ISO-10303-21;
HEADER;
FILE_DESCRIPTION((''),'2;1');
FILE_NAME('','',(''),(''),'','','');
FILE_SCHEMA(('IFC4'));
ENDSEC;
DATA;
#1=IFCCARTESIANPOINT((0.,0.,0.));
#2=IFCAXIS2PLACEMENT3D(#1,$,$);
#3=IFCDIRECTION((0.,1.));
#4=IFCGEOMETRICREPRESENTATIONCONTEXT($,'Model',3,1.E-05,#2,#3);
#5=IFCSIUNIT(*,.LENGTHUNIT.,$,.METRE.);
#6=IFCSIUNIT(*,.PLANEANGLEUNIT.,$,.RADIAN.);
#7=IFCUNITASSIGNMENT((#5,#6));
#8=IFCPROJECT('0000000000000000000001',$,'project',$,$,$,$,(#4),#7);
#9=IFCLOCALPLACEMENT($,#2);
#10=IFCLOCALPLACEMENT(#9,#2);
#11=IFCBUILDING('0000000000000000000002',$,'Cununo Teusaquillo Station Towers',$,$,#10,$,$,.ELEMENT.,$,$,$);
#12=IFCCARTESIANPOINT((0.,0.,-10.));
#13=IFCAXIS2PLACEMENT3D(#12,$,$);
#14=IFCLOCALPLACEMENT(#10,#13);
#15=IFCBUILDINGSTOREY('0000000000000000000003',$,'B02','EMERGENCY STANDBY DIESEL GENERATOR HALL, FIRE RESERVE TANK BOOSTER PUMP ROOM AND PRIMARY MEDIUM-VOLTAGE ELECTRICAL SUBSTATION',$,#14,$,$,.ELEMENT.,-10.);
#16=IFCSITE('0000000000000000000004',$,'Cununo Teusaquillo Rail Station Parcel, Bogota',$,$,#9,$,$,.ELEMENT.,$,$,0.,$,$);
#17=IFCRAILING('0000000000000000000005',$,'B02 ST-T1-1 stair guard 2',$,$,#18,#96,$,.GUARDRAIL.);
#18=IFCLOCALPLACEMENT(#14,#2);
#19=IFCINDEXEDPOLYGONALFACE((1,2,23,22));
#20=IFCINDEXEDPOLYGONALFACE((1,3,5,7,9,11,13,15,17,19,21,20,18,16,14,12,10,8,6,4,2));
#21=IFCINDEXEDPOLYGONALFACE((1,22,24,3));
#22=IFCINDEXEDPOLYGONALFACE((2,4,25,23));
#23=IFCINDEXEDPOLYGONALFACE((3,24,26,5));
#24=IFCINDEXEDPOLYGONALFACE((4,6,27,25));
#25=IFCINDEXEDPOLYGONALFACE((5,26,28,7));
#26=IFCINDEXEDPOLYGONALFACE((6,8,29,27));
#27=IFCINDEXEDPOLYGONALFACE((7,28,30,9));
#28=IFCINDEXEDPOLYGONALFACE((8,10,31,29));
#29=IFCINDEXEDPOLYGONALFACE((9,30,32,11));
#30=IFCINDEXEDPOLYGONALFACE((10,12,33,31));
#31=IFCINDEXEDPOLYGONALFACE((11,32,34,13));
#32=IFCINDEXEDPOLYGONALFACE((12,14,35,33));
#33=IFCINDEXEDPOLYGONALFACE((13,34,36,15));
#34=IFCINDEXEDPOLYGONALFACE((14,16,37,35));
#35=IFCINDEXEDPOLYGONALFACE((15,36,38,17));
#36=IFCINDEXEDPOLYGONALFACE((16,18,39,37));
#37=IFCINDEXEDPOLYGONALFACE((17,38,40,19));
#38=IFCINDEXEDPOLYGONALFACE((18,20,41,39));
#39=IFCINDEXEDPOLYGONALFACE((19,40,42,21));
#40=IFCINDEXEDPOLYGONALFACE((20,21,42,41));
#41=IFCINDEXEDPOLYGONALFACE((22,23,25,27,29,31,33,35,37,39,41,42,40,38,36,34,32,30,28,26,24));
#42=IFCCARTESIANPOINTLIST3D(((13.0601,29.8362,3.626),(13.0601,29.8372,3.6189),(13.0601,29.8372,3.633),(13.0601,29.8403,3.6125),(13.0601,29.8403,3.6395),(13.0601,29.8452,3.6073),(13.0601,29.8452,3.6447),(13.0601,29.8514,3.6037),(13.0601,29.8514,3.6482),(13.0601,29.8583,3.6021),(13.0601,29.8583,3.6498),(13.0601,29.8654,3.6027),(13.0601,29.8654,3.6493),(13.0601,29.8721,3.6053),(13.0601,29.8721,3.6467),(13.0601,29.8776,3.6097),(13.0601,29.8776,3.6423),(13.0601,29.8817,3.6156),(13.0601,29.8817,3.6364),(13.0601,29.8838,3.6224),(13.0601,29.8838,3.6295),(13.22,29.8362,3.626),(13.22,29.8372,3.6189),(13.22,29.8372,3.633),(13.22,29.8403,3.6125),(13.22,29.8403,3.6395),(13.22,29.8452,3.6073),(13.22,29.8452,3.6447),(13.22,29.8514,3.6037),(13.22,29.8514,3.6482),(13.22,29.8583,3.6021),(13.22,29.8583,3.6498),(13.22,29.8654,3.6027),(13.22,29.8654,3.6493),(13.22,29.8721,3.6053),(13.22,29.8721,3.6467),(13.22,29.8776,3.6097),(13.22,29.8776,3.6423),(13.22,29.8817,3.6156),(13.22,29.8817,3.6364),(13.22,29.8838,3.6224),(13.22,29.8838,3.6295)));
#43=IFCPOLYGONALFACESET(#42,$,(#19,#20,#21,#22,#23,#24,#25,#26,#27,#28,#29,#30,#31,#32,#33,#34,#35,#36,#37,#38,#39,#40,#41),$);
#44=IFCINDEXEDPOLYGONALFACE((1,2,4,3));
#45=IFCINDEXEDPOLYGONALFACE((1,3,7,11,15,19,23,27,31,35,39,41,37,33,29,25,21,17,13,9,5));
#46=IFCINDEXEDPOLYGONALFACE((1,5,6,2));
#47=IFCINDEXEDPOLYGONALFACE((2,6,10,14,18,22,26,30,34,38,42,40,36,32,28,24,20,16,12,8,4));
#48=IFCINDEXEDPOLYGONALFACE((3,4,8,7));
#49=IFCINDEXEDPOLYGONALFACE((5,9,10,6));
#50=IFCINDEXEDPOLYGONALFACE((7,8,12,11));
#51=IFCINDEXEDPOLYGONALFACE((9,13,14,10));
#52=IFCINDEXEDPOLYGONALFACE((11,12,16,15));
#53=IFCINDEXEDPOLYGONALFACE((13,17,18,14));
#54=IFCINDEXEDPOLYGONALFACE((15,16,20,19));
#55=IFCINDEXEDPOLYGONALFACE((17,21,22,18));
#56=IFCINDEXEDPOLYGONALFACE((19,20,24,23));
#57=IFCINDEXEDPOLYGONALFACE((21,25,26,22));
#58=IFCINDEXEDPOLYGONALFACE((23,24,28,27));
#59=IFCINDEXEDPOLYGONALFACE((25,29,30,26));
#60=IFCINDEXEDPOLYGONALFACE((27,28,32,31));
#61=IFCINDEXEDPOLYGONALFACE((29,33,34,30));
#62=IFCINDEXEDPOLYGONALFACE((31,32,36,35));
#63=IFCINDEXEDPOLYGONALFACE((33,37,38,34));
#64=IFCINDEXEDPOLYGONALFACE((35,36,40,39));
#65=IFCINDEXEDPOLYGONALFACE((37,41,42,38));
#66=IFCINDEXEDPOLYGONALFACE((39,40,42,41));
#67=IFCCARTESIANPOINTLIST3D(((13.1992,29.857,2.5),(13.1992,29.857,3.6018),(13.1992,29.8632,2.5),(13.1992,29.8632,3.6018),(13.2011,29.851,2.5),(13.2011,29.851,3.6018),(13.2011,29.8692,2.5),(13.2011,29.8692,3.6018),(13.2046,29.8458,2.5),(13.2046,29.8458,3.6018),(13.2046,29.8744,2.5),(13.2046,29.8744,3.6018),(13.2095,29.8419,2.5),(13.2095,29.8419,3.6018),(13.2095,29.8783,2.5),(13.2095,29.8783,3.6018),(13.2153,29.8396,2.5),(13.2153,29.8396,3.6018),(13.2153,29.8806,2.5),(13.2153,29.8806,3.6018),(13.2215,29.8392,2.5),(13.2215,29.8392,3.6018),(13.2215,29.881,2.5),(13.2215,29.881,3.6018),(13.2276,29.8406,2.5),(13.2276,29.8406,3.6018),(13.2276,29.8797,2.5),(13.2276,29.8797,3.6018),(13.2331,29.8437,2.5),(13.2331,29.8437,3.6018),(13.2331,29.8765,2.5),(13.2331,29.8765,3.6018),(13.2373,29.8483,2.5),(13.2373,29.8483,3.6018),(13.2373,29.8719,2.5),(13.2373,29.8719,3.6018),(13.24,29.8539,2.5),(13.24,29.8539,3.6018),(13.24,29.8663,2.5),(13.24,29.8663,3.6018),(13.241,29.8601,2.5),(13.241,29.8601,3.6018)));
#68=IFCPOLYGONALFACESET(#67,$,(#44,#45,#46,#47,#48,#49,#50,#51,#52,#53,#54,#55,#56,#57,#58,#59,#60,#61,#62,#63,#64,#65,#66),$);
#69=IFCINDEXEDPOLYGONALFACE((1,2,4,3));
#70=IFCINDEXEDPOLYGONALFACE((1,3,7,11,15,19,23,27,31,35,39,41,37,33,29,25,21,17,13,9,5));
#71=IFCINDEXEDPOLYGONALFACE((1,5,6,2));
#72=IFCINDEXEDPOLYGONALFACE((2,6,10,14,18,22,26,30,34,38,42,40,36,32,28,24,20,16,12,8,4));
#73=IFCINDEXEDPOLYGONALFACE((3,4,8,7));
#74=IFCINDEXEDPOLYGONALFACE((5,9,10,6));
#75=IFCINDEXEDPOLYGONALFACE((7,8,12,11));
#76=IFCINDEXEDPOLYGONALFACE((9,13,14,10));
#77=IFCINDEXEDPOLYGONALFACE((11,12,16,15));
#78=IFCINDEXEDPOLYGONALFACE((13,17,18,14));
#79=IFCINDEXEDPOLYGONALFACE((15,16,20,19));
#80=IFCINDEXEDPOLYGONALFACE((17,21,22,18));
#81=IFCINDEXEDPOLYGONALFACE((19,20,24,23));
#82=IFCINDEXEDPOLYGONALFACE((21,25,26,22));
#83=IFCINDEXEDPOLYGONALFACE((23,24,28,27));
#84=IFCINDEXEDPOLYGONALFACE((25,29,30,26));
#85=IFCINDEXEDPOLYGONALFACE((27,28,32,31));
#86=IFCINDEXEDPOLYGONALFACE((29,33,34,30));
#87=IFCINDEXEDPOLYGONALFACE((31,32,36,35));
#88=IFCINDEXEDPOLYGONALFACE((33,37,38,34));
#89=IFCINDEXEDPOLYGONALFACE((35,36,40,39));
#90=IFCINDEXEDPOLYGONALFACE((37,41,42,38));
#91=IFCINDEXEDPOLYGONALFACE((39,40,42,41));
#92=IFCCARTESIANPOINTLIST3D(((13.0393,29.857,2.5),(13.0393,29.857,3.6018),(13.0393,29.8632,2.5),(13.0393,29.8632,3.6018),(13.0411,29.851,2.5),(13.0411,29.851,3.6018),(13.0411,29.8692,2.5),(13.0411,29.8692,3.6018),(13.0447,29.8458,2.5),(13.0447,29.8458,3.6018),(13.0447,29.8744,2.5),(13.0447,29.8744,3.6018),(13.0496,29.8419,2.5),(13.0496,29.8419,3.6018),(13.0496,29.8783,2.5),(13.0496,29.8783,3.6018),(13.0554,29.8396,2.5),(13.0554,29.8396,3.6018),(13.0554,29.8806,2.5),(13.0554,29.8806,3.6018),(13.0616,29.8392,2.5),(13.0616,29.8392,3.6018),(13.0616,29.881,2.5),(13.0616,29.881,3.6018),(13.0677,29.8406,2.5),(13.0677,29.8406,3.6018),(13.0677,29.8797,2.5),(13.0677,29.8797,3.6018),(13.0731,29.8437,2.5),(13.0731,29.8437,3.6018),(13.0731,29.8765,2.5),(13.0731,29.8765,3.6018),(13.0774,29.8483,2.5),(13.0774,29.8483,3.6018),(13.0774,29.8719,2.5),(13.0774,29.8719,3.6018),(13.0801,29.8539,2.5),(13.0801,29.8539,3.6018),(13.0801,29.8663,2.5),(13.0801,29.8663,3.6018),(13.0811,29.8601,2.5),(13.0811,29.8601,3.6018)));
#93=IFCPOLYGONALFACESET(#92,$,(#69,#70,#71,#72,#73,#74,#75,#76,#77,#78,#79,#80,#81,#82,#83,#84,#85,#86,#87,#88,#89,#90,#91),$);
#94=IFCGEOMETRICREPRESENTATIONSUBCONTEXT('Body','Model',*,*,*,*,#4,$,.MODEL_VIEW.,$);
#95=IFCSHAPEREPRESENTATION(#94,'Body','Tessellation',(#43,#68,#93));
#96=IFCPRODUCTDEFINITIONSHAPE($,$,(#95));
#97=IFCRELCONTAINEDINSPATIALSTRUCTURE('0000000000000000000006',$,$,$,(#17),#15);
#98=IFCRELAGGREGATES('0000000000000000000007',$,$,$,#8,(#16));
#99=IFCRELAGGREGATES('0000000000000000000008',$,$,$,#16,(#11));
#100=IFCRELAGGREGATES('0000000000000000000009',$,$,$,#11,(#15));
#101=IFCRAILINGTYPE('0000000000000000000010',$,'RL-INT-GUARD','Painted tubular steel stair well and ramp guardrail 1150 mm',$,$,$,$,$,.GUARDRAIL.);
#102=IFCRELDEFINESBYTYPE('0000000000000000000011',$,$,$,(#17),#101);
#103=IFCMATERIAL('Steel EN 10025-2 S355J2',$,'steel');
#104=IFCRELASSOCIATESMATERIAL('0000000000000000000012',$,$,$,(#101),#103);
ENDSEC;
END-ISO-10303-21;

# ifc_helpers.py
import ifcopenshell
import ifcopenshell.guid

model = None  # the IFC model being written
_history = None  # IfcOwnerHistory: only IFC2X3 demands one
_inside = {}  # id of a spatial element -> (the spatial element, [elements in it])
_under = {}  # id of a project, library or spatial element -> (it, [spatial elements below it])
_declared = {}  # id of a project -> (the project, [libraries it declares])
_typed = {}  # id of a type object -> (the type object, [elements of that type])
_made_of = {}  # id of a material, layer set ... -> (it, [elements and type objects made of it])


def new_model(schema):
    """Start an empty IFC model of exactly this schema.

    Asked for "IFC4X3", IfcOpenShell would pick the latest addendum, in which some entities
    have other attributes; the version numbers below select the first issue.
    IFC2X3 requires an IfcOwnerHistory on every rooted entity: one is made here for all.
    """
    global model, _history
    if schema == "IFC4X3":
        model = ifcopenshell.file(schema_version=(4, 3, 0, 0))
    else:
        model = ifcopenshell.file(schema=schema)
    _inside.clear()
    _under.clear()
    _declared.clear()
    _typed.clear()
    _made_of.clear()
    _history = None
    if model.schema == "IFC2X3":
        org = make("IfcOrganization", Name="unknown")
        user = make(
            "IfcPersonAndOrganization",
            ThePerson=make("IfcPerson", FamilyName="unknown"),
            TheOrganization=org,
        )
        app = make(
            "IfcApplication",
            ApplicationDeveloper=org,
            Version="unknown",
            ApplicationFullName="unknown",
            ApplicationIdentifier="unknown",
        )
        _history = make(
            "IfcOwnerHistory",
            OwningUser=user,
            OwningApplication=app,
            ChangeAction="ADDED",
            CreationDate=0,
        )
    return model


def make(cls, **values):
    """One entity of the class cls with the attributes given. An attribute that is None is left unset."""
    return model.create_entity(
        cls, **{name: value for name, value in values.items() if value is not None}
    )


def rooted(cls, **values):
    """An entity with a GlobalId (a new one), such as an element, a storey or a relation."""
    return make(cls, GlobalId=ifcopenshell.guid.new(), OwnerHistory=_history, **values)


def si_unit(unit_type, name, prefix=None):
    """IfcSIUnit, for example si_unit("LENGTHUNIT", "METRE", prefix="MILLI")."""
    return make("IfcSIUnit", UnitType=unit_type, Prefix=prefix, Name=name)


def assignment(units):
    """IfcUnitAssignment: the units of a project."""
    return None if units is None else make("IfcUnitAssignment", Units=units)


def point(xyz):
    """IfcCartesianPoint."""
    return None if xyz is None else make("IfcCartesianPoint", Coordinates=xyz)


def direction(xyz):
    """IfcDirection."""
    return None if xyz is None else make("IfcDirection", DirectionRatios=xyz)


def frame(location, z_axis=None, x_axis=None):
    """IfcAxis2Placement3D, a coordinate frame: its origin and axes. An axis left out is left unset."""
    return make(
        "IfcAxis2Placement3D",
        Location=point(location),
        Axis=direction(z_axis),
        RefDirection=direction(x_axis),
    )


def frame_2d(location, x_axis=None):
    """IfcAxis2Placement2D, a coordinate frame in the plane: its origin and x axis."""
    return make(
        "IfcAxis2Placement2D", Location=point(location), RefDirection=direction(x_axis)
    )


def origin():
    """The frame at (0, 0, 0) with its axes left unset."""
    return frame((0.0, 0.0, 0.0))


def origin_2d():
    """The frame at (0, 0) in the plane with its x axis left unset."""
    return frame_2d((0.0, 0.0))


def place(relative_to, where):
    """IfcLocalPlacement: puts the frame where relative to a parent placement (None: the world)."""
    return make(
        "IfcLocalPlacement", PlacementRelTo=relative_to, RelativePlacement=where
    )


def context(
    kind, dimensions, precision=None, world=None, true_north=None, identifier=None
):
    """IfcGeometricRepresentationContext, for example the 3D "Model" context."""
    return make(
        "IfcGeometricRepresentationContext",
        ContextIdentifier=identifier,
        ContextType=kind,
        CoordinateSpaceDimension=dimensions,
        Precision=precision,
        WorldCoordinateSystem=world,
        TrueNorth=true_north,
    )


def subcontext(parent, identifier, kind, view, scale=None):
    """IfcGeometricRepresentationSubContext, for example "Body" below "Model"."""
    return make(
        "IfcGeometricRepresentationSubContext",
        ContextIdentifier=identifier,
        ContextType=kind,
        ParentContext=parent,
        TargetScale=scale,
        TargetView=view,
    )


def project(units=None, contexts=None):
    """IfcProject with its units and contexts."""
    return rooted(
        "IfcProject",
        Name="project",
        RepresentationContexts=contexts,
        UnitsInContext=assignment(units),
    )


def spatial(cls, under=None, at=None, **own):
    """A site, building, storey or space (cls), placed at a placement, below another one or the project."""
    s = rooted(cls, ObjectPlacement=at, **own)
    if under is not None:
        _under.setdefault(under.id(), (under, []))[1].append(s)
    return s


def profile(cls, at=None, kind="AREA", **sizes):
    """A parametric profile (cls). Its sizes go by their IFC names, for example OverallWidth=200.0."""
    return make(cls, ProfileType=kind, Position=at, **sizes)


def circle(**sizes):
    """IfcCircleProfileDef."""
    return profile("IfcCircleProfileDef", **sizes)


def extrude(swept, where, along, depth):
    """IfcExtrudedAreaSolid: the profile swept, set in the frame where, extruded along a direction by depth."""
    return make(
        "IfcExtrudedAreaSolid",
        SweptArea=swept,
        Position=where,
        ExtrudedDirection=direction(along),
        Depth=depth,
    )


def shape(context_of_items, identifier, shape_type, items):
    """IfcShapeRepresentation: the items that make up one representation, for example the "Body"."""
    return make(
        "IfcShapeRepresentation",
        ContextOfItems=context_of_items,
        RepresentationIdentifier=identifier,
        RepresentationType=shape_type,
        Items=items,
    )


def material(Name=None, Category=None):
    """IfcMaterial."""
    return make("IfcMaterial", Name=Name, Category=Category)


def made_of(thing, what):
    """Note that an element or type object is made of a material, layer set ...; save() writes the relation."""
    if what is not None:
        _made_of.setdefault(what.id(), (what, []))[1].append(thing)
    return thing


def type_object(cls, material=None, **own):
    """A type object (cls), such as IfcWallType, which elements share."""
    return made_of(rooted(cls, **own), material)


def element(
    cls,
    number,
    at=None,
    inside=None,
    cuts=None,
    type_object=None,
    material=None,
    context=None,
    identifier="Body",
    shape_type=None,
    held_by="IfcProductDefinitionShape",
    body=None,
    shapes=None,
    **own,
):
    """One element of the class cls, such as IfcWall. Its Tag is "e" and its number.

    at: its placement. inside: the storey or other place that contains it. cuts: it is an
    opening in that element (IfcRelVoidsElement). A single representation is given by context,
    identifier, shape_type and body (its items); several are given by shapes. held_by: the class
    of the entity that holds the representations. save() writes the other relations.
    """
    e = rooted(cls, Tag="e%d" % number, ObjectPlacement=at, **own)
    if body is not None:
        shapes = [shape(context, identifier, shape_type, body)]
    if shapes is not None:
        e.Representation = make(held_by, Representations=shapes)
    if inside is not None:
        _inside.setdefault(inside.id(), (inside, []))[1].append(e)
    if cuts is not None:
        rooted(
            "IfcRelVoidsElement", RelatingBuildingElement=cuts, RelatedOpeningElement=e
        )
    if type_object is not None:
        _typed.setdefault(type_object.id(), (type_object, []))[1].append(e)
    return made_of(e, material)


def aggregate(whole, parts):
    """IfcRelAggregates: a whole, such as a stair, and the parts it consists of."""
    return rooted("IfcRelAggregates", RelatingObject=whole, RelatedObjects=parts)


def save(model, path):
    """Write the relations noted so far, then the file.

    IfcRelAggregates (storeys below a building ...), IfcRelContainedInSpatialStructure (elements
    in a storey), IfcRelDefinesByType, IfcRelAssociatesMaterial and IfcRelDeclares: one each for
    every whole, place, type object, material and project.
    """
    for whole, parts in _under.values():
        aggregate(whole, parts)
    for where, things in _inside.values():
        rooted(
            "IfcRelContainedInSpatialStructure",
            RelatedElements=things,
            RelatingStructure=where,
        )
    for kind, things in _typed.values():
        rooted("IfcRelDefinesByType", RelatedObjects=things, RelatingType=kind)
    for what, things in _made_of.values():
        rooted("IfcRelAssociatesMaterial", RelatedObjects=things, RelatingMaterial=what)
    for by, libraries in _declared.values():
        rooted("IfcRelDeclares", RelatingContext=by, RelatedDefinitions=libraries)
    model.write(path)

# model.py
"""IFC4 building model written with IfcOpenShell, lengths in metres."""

from ifc_helpers import new_model, si_unit, direction, frame, origin, origin_2d, place, context, subcontext, project, spatial, circle, extrude, material, type_object, element, save


model = new_model("IFC4")

# Units and contexts
model_context = context("Model", 3, precision=1e-05, world=origin(), true_north=direction((0.0, 1.0)))
body_context = subcontext(model_context, "Body", "Model", "MODEL_VIEW")
ifc_project = project(units=[si_unit("LENGTHUNIT", "METRE"), si_unit("PLANEANGLEUNIT", "RADIAN")], contexts=[model_context])

# Site, building, storey
site_placement = place(None, origin())
site = spatial("IfcSite", under=ifc_project, at=site_placement, Name="Cununo Teusaquillo Rail Station Parcel, Bogota", CompositionType="ELEMENT", RefElevation=0.0)
building_placement = place(site_placement, origin())
building = spatial("IfcBuilding", under=site, at=building_placement, Name="Cununo Teusaquillo Station Towers", CompositionType="ELEMENT")
storey_placement = place(building_placement, frame((0.0, 0.0, -10.0)))
storey = spatial("IfcBuildingStorey", under=building, at=storey_placement, Name="B02", Description="EMERGENCY STANDBY DIESEL GENERATOR HALL, FIRE RESERVE TANK BOOSTER PUMP ROOM AND PRIMARY MEDIUM-VOLTAGE ELECTRICAL SUBSTATION", CompositionType="ELEMENT", Elevation=-10.0)

# Railing
ifc_material_1 = material(Name="Steel EN 10025-2 S355J2", Category="steel")
railing_type_1 = type_object("IfcRailingType", Name="RL-INT-GUARD", Description="Painted tubular steel stair well and ramp guardrail 1150 mm", PredefinedType="GUARDRAIL", material=ifc_material_1)
railing_1_placement = place(storey_placement, frame((13.22, 29.8601, 2.5)))
element("IfcRailing", 1, at=railing_1_placement, inside=storey, type_object=railing_type_1, Name="B02 ST-T1-1 stair guard 2", PredefinedType="GUARDRAIL", context=body_context, shape_type="SweptSolid", body=[
    extrude(circle(Radius=0.0239, at=origin_2d()), frame((0.0, 0.0, 1.126), z_axis=(-1.0, 0.0, 0.0), x_axis=(0.0, -1.0, 0.0)), (0.0, 0.0, 1.0), 0.1599),
    extrude(circle(Radius=0.021, at=origin_2d()), origin(), (0.0, 0.0, 1.0), 1.1018),
    extrude(circle(Radius=0.021, at=origin_2d()), frame((-0.1599, 0.0, 0.0)), (0.0, 0.0, 1.0), 1.1018),
])

save(model, "model.ifc")
